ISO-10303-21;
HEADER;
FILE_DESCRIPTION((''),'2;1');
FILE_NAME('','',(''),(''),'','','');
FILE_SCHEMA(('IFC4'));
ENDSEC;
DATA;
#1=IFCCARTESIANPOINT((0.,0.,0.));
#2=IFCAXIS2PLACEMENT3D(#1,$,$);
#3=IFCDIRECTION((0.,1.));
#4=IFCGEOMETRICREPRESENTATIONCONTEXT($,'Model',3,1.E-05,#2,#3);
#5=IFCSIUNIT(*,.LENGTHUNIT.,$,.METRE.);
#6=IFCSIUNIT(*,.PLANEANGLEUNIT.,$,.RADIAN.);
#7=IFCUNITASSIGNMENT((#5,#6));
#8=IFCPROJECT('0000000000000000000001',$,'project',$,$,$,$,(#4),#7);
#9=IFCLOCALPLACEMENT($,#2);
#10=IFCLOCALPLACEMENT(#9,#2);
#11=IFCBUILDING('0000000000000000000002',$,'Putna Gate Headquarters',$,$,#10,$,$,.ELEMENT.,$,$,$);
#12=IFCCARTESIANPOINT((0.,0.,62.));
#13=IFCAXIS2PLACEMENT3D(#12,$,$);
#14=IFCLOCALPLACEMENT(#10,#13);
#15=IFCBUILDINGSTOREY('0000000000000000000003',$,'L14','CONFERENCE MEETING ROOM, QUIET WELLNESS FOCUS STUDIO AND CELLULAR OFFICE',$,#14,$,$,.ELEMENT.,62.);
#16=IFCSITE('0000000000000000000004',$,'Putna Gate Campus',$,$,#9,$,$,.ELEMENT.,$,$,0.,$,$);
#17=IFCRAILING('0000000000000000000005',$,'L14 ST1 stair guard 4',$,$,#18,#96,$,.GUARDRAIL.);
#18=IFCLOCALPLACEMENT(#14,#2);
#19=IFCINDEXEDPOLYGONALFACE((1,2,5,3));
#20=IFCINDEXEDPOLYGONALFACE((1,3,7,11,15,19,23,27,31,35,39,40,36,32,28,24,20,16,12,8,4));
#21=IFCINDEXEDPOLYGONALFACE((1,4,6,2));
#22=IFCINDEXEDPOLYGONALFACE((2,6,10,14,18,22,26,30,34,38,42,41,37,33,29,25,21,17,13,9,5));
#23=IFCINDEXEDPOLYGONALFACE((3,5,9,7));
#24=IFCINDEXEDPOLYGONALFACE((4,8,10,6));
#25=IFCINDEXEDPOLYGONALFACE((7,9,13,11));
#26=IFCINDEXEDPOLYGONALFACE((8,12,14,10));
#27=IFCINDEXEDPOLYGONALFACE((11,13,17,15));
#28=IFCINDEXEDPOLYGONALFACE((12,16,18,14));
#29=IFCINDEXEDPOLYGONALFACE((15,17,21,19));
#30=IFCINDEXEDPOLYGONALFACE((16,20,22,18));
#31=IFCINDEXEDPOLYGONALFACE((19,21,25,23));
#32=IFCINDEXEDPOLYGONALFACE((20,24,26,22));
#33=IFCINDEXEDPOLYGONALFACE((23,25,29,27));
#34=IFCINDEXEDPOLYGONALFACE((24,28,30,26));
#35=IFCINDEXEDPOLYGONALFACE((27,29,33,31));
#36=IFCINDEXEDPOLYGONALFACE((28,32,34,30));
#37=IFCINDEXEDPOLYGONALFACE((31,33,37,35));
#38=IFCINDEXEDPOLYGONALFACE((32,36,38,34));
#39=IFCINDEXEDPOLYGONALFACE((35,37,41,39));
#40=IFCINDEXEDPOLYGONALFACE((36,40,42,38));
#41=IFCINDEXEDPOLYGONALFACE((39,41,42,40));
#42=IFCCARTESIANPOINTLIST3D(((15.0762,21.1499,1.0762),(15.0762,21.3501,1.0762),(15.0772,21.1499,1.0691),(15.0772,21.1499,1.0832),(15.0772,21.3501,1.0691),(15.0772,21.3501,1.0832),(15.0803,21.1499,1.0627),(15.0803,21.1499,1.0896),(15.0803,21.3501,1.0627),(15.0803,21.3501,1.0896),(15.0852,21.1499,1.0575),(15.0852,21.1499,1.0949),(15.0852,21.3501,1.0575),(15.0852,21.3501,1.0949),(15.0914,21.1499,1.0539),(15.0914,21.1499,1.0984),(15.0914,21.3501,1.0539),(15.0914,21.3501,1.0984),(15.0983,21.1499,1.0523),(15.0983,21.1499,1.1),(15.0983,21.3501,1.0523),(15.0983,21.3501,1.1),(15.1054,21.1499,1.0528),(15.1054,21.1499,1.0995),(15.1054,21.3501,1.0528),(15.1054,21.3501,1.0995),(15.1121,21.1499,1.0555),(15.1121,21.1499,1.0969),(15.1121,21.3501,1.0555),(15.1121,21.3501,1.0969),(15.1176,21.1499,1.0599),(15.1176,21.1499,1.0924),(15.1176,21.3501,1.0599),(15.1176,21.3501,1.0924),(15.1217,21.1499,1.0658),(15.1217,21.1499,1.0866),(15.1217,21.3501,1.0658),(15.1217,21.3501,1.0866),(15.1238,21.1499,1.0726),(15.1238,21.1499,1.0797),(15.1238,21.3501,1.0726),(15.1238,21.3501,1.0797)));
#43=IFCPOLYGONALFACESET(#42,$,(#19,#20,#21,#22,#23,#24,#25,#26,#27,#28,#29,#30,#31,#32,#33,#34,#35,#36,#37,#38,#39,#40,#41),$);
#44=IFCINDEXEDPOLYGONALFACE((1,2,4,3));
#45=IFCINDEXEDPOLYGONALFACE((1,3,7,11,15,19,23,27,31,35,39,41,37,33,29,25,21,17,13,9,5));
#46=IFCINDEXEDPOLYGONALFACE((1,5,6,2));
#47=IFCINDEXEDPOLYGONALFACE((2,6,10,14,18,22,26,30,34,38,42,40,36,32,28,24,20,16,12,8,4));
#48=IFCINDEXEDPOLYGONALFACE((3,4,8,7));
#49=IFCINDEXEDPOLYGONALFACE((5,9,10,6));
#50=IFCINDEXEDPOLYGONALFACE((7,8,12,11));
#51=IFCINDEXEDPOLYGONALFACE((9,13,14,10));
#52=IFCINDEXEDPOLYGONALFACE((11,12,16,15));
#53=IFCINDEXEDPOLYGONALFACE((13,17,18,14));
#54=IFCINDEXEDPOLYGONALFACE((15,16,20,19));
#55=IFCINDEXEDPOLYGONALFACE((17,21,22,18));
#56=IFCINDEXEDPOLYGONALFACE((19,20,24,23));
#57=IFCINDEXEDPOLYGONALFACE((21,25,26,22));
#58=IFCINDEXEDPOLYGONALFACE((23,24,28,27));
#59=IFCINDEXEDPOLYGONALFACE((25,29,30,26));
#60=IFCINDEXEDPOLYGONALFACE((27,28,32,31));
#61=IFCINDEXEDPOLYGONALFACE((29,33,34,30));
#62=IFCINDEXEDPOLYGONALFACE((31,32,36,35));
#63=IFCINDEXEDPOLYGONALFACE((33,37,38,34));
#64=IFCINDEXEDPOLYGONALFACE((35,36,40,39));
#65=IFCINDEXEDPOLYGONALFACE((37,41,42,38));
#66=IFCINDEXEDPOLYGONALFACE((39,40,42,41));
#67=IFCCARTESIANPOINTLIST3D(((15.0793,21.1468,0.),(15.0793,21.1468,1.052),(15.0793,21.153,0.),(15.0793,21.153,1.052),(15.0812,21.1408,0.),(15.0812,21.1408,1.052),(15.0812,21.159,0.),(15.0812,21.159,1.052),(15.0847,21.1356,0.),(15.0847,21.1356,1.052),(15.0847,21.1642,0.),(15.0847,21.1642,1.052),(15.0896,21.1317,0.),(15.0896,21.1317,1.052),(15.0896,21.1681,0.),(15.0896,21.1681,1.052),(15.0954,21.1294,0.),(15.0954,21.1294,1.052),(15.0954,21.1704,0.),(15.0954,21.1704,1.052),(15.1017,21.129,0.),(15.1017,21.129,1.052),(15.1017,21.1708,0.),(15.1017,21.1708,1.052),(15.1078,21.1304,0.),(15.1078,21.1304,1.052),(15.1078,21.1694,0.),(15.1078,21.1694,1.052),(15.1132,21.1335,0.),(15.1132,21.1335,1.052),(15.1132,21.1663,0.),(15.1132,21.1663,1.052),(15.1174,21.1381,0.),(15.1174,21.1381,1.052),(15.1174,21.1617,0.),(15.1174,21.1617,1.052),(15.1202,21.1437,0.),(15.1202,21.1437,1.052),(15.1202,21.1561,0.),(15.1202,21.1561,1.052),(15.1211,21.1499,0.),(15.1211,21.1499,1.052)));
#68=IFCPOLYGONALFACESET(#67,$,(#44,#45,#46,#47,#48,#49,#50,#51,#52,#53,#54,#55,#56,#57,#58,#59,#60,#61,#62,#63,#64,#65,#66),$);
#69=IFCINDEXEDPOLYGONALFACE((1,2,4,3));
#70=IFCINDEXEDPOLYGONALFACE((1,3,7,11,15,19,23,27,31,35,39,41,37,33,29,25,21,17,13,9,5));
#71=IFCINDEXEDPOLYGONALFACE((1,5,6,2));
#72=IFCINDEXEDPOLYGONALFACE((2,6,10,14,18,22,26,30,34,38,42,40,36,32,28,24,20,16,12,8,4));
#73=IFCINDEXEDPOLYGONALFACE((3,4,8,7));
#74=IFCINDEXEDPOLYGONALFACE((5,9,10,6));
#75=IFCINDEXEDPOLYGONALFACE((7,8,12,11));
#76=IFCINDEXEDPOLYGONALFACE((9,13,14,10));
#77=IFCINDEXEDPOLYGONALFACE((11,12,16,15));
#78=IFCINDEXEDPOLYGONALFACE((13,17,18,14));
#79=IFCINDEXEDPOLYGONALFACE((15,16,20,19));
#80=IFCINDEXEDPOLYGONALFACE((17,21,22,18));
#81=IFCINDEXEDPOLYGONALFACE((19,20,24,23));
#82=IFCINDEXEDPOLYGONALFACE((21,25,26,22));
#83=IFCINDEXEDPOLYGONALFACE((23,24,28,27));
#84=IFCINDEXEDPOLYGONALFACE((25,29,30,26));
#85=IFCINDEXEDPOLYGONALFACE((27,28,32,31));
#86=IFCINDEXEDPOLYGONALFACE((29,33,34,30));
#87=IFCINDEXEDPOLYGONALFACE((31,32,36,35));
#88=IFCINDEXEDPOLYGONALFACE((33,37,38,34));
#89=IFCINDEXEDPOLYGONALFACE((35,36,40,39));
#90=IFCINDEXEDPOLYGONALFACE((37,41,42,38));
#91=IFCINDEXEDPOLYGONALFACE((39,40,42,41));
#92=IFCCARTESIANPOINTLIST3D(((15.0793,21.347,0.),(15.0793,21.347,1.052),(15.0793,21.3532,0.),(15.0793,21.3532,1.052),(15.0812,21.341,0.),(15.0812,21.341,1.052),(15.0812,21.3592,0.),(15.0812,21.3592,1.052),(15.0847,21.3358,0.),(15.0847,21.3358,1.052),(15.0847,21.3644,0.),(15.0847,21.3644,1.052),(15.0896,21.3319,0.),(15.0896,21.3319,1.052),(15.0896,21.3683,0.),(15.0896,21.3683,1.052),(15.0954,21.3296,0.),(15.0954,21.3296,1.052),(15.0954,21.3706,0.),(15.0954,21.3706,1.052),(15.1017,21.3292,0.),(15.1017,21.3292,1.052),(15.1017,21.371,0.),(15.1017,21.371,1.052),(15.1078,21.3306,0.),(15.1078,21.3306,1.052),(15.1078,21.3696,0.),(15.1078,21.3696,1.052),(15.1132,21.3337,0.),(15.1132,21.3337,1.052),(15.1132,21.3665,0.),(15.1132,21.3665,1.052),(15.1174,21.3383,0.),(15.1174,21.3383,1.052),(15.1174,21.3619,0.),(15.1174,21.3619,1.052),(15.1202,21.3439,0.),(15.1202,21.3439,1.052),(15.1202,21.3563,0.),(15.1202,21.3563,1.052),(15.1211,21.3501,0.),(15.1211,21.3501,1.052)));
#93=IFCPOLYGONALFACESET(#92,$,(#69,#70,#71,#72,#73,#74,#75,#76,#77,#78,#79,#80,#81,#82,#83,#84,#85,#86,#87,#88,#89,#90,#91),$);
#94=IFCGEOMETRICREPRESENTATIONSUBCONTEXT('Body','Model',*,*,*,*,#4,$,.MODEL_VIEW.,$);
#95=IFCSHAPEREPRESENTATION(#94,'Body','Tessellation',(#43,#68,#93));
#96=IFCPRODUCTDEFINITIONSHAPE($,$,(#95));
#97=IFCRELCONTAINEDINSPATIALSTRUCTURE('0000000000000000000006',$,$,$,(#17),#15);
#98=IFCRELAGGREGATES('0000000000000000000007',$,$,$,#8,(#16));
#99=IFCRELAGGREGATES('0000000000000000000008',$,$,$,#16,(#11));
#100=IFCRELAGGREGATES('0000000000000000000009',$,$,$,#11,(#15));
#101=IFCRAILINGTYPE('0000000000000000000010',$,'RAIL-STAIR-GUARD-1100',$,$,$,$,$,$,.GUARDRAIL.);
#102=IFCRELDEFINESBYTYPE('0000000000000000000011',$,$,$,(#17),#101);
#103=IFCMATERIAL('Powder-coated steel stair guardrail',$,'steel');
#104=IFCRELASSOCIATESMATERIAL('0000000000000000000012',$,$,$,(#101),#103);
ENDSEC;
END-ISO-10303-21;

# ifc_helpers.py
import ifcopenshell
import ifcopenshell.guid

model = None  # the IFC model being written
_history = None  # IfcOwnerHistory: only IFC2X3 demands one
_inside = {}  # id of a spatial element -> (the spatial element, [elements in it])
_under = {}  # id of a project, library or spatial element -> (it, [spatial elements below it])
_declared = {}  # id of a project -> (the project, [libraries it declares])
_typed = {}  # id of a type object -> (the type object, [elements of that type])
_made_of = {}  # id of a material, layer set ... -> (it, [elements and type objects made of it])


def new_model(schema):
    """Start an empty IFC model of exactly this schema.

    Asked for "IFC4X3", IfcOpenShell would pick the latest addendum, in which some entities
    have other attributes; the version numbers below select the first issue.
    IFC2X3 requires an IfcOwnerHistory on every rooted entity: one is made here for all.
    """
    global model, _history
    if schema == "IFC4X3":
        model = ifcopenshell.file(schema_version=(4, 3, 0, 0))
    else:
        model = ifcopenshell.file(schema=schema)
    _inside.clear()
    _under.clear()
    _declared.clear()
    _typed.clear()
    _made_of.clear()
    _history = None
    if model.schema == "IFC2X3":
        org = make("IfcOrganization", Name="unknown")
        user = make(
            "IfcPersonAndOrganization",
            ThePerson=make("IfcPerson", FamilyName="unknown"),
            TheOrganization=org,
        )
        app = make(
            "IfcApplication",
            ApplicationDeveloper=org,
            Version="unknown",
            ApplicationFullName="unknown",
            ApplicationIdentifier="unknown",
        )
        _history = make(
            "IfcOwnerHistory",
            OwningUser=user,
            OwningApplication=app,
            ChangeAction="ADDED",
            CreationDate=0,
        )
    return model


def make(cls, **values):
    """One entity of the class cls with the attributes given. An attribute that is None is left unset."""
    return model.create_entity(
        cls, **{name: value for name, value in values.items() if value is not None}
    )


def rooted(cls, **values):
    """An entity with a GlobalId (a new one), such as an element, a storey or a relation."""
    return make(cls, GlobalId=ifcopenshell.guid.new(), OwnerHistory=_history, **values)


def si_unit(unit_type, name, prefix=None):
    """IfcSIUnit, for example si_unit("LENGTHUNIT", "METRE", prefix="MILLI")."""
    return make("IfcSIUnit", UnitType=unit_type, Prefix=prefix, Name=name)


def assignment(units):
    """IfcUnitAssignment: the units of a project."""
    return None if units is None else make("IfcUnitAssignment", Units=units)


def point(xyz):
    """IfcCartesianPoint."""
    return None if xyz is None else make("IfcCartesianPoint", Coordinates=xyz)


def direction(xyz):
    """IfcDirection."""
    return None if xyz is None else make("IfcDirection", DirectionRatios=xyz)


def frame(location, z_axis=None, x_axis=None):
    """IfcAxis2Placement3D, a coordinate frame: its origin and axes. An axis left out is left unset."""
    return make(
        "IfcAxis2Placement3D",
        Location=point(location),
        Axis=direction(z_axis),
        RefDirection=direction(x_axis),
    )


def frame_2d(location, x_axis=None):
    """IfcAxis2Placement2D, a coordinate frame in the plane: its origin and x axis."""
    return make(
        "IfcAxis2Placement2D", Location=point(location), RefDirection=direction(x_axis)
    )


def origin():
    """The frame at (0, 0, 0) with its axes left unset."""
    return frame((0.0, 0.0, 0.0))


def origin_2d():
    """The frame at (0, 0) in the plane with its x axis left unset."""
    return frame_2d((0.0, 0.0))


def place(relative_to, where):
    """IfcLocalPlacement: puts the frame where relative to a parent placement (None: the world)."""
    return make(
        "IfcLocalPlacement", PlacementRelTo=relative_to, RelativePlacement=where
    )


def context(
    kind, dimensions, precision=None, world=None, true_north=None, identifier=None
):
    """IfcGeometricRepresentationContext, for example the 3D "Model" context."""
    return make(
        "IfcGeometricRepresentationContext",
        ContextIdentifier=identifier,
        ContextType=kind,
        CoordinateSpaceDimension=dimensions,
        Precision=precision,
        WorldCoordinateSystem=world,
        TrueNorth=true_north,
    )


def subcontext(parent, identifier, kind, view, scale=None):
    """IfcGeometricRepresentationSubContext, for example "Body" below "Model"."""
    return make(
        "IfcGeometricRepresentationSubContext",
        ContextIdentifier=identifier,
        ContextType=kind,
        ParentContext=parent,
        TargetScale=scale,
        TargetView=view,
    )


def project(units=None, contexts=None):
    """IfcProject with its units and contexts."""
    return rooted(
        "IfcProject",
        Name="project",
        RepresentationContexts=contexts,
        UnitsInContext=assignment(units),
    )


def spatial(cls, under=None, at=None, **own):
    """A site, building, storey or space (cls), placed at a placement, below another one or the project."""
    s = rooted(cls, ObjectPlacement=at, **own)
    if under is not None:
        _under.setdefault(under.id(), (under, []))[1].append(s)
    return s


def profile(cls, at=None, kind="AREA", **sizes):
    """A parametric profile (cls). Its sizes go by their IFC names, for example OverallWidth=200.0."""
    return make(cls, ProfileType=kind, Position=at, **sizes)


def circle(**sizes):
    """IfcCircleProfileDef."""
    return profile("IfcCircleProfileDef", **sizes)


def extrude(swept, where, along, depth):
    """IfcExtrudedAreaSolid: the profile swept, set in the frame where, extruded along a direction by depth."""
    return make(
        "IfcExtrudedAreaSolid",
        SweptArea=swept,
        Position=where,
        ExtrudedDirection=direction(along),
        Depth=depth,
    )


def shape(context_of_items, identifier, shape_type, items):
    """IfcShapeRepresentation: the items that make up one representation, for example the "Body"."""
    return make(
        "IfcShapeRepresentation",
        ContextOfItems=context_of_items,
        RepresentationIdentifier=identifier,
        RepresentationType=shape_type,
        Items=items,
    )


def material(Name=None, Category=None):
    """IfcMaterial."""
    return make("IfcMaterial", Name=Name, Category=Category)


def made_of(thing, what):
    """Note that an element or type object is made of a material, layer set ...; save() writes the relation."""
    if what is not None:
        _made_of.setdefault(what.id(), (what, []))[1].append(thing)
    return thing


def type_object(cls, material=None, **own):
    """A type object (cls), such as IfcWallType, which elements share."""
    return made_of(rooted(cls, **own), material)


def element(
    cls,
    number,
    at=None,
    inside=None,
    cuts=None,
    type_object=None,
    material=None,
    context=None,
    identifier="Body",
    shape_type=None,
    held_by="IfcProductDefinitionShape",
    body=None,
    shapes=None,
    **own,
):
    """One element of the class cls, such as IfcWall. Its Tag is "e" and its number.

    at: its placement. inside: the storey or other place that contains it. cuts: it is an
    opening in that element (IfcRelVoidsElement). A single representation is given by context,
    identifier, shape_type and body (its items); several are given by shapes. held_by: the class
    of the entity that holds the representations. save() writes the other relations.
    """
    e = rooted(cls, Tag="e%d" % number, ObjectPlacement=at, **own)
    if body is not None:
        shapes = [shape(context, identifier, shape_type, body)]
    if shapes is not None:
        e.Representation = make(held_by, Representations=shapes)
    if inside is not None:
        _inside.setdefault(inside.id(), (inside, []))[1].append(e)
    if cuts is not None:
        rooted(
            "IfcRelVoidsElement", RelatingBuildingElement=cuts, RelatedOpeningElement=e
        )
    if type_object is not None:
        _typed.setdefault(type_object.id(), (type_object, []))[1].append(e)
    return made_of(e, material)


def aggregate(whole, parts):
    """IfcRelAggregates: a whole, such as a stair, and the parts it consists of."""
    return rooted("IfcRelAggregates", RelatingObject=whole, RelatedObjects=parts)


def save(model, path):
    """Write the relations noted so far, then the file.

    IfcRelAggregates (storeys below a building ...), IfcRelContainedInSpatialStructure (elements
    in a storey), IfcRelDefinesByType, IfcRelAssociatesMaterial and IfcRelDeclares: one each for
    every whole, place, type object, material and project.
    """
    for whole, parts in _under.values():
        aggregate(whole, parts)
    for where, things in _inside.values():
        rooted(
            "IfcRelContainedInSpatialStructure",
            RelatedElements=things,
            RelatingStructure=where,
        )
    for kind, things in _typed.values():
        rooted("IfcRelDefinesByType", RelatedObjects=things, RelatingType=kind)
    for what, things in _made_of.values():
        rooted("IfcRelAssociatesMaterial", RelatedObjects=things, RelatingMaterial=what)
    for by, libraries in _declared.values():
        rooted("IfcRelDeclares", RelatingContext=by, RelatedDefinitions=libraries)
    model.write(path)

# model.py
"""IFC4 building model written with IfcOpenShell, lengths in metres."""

from ifc_helpers import new_model, si_unit, direction, frame, origin, origin_2d, place, context, subcontext, project, spatial, circle, extrude, material, type_object, element, save


model = new_model("IFC4")

# Units and contexts
model_context = context("Model", 3, precision=1e-05, world=origin(), true_north=direction((0.0, 1.0)))
body_context = subcontext(model_context, "Body", "Model", "MODEL_VIEW")
ifc_project = project(units=[si_unit("LENGTHUNIT", "METRE"), si_unit("PLANEANGLEUNIT", "RADIAN")], contexts=[model_context])

# Site, building, storey
site_placement = place(None, origin())
site = spatial("IfcSite", under=ifc_project, at=site_placement, Name="Putna Gate Campus", CompositionType="ELEMENT", RefElevation=0.0)
building_placement = place(site_placement, origin())
building = spatial("IfcBuilding", under=site, at=building_placement, Name="Putna Gate Headquarters", CompositionType="ELEMENT")
storey_placement = place(building_placement, frame((0.0, 0.0, 62.0)))
storey = spatial("IfcBuildingStorey", under=building, at=storey_placement, Name="L14", Description="CONFERENCE MEETING ROOM, QUIET WELLNESS FOCUS STUDIO AND CELLULAR OFFICE", CompositionType="ELEMENT", Elevation=62.0)

# Railing
ifc_material_1 = material(Name="Powder-coated steel stair guardrail", Category="steel")
railing_type_1 = type_object("IfcRailingType", Name="RAIL-STAIR-GUARD-1100", PredefinedType="GUARDRAIL", material=ifc_material_1)
railing_1_placement = place(storey_placement, frame((15.1001, 21.1499, 0.0)))
element("IfcRailing", 1, at=railing_1_placement, inside=storey, type_object=railing_type_1, Name="L14 ST1 stair guard 4", PredefinedType="GUARDRAIL", context=body_context, shape_type="SweptSolid", body=[
    extrude(circle(Radius=0.0239, at=origin_2d()), frame((0.0, 0.0, 1.0762), z_axis=(0.0, 1.0, 0.0), x_axis=(-1.0, 0.0, 0.0)), (0.0, 0.0, 1.0), 0.2002),
    extrude(circle(Radius=0.021, at=origin_2d()), origin(), (0.0, 0.0, 1.0), 1.052),
    extrude(circle(Radius=0.021, at=origin_2d()), frame((0.0, 0.2002, 0.0)), (0.0, 0.0, 1.0), 1.052),
])

save(model, "model.ifc")
